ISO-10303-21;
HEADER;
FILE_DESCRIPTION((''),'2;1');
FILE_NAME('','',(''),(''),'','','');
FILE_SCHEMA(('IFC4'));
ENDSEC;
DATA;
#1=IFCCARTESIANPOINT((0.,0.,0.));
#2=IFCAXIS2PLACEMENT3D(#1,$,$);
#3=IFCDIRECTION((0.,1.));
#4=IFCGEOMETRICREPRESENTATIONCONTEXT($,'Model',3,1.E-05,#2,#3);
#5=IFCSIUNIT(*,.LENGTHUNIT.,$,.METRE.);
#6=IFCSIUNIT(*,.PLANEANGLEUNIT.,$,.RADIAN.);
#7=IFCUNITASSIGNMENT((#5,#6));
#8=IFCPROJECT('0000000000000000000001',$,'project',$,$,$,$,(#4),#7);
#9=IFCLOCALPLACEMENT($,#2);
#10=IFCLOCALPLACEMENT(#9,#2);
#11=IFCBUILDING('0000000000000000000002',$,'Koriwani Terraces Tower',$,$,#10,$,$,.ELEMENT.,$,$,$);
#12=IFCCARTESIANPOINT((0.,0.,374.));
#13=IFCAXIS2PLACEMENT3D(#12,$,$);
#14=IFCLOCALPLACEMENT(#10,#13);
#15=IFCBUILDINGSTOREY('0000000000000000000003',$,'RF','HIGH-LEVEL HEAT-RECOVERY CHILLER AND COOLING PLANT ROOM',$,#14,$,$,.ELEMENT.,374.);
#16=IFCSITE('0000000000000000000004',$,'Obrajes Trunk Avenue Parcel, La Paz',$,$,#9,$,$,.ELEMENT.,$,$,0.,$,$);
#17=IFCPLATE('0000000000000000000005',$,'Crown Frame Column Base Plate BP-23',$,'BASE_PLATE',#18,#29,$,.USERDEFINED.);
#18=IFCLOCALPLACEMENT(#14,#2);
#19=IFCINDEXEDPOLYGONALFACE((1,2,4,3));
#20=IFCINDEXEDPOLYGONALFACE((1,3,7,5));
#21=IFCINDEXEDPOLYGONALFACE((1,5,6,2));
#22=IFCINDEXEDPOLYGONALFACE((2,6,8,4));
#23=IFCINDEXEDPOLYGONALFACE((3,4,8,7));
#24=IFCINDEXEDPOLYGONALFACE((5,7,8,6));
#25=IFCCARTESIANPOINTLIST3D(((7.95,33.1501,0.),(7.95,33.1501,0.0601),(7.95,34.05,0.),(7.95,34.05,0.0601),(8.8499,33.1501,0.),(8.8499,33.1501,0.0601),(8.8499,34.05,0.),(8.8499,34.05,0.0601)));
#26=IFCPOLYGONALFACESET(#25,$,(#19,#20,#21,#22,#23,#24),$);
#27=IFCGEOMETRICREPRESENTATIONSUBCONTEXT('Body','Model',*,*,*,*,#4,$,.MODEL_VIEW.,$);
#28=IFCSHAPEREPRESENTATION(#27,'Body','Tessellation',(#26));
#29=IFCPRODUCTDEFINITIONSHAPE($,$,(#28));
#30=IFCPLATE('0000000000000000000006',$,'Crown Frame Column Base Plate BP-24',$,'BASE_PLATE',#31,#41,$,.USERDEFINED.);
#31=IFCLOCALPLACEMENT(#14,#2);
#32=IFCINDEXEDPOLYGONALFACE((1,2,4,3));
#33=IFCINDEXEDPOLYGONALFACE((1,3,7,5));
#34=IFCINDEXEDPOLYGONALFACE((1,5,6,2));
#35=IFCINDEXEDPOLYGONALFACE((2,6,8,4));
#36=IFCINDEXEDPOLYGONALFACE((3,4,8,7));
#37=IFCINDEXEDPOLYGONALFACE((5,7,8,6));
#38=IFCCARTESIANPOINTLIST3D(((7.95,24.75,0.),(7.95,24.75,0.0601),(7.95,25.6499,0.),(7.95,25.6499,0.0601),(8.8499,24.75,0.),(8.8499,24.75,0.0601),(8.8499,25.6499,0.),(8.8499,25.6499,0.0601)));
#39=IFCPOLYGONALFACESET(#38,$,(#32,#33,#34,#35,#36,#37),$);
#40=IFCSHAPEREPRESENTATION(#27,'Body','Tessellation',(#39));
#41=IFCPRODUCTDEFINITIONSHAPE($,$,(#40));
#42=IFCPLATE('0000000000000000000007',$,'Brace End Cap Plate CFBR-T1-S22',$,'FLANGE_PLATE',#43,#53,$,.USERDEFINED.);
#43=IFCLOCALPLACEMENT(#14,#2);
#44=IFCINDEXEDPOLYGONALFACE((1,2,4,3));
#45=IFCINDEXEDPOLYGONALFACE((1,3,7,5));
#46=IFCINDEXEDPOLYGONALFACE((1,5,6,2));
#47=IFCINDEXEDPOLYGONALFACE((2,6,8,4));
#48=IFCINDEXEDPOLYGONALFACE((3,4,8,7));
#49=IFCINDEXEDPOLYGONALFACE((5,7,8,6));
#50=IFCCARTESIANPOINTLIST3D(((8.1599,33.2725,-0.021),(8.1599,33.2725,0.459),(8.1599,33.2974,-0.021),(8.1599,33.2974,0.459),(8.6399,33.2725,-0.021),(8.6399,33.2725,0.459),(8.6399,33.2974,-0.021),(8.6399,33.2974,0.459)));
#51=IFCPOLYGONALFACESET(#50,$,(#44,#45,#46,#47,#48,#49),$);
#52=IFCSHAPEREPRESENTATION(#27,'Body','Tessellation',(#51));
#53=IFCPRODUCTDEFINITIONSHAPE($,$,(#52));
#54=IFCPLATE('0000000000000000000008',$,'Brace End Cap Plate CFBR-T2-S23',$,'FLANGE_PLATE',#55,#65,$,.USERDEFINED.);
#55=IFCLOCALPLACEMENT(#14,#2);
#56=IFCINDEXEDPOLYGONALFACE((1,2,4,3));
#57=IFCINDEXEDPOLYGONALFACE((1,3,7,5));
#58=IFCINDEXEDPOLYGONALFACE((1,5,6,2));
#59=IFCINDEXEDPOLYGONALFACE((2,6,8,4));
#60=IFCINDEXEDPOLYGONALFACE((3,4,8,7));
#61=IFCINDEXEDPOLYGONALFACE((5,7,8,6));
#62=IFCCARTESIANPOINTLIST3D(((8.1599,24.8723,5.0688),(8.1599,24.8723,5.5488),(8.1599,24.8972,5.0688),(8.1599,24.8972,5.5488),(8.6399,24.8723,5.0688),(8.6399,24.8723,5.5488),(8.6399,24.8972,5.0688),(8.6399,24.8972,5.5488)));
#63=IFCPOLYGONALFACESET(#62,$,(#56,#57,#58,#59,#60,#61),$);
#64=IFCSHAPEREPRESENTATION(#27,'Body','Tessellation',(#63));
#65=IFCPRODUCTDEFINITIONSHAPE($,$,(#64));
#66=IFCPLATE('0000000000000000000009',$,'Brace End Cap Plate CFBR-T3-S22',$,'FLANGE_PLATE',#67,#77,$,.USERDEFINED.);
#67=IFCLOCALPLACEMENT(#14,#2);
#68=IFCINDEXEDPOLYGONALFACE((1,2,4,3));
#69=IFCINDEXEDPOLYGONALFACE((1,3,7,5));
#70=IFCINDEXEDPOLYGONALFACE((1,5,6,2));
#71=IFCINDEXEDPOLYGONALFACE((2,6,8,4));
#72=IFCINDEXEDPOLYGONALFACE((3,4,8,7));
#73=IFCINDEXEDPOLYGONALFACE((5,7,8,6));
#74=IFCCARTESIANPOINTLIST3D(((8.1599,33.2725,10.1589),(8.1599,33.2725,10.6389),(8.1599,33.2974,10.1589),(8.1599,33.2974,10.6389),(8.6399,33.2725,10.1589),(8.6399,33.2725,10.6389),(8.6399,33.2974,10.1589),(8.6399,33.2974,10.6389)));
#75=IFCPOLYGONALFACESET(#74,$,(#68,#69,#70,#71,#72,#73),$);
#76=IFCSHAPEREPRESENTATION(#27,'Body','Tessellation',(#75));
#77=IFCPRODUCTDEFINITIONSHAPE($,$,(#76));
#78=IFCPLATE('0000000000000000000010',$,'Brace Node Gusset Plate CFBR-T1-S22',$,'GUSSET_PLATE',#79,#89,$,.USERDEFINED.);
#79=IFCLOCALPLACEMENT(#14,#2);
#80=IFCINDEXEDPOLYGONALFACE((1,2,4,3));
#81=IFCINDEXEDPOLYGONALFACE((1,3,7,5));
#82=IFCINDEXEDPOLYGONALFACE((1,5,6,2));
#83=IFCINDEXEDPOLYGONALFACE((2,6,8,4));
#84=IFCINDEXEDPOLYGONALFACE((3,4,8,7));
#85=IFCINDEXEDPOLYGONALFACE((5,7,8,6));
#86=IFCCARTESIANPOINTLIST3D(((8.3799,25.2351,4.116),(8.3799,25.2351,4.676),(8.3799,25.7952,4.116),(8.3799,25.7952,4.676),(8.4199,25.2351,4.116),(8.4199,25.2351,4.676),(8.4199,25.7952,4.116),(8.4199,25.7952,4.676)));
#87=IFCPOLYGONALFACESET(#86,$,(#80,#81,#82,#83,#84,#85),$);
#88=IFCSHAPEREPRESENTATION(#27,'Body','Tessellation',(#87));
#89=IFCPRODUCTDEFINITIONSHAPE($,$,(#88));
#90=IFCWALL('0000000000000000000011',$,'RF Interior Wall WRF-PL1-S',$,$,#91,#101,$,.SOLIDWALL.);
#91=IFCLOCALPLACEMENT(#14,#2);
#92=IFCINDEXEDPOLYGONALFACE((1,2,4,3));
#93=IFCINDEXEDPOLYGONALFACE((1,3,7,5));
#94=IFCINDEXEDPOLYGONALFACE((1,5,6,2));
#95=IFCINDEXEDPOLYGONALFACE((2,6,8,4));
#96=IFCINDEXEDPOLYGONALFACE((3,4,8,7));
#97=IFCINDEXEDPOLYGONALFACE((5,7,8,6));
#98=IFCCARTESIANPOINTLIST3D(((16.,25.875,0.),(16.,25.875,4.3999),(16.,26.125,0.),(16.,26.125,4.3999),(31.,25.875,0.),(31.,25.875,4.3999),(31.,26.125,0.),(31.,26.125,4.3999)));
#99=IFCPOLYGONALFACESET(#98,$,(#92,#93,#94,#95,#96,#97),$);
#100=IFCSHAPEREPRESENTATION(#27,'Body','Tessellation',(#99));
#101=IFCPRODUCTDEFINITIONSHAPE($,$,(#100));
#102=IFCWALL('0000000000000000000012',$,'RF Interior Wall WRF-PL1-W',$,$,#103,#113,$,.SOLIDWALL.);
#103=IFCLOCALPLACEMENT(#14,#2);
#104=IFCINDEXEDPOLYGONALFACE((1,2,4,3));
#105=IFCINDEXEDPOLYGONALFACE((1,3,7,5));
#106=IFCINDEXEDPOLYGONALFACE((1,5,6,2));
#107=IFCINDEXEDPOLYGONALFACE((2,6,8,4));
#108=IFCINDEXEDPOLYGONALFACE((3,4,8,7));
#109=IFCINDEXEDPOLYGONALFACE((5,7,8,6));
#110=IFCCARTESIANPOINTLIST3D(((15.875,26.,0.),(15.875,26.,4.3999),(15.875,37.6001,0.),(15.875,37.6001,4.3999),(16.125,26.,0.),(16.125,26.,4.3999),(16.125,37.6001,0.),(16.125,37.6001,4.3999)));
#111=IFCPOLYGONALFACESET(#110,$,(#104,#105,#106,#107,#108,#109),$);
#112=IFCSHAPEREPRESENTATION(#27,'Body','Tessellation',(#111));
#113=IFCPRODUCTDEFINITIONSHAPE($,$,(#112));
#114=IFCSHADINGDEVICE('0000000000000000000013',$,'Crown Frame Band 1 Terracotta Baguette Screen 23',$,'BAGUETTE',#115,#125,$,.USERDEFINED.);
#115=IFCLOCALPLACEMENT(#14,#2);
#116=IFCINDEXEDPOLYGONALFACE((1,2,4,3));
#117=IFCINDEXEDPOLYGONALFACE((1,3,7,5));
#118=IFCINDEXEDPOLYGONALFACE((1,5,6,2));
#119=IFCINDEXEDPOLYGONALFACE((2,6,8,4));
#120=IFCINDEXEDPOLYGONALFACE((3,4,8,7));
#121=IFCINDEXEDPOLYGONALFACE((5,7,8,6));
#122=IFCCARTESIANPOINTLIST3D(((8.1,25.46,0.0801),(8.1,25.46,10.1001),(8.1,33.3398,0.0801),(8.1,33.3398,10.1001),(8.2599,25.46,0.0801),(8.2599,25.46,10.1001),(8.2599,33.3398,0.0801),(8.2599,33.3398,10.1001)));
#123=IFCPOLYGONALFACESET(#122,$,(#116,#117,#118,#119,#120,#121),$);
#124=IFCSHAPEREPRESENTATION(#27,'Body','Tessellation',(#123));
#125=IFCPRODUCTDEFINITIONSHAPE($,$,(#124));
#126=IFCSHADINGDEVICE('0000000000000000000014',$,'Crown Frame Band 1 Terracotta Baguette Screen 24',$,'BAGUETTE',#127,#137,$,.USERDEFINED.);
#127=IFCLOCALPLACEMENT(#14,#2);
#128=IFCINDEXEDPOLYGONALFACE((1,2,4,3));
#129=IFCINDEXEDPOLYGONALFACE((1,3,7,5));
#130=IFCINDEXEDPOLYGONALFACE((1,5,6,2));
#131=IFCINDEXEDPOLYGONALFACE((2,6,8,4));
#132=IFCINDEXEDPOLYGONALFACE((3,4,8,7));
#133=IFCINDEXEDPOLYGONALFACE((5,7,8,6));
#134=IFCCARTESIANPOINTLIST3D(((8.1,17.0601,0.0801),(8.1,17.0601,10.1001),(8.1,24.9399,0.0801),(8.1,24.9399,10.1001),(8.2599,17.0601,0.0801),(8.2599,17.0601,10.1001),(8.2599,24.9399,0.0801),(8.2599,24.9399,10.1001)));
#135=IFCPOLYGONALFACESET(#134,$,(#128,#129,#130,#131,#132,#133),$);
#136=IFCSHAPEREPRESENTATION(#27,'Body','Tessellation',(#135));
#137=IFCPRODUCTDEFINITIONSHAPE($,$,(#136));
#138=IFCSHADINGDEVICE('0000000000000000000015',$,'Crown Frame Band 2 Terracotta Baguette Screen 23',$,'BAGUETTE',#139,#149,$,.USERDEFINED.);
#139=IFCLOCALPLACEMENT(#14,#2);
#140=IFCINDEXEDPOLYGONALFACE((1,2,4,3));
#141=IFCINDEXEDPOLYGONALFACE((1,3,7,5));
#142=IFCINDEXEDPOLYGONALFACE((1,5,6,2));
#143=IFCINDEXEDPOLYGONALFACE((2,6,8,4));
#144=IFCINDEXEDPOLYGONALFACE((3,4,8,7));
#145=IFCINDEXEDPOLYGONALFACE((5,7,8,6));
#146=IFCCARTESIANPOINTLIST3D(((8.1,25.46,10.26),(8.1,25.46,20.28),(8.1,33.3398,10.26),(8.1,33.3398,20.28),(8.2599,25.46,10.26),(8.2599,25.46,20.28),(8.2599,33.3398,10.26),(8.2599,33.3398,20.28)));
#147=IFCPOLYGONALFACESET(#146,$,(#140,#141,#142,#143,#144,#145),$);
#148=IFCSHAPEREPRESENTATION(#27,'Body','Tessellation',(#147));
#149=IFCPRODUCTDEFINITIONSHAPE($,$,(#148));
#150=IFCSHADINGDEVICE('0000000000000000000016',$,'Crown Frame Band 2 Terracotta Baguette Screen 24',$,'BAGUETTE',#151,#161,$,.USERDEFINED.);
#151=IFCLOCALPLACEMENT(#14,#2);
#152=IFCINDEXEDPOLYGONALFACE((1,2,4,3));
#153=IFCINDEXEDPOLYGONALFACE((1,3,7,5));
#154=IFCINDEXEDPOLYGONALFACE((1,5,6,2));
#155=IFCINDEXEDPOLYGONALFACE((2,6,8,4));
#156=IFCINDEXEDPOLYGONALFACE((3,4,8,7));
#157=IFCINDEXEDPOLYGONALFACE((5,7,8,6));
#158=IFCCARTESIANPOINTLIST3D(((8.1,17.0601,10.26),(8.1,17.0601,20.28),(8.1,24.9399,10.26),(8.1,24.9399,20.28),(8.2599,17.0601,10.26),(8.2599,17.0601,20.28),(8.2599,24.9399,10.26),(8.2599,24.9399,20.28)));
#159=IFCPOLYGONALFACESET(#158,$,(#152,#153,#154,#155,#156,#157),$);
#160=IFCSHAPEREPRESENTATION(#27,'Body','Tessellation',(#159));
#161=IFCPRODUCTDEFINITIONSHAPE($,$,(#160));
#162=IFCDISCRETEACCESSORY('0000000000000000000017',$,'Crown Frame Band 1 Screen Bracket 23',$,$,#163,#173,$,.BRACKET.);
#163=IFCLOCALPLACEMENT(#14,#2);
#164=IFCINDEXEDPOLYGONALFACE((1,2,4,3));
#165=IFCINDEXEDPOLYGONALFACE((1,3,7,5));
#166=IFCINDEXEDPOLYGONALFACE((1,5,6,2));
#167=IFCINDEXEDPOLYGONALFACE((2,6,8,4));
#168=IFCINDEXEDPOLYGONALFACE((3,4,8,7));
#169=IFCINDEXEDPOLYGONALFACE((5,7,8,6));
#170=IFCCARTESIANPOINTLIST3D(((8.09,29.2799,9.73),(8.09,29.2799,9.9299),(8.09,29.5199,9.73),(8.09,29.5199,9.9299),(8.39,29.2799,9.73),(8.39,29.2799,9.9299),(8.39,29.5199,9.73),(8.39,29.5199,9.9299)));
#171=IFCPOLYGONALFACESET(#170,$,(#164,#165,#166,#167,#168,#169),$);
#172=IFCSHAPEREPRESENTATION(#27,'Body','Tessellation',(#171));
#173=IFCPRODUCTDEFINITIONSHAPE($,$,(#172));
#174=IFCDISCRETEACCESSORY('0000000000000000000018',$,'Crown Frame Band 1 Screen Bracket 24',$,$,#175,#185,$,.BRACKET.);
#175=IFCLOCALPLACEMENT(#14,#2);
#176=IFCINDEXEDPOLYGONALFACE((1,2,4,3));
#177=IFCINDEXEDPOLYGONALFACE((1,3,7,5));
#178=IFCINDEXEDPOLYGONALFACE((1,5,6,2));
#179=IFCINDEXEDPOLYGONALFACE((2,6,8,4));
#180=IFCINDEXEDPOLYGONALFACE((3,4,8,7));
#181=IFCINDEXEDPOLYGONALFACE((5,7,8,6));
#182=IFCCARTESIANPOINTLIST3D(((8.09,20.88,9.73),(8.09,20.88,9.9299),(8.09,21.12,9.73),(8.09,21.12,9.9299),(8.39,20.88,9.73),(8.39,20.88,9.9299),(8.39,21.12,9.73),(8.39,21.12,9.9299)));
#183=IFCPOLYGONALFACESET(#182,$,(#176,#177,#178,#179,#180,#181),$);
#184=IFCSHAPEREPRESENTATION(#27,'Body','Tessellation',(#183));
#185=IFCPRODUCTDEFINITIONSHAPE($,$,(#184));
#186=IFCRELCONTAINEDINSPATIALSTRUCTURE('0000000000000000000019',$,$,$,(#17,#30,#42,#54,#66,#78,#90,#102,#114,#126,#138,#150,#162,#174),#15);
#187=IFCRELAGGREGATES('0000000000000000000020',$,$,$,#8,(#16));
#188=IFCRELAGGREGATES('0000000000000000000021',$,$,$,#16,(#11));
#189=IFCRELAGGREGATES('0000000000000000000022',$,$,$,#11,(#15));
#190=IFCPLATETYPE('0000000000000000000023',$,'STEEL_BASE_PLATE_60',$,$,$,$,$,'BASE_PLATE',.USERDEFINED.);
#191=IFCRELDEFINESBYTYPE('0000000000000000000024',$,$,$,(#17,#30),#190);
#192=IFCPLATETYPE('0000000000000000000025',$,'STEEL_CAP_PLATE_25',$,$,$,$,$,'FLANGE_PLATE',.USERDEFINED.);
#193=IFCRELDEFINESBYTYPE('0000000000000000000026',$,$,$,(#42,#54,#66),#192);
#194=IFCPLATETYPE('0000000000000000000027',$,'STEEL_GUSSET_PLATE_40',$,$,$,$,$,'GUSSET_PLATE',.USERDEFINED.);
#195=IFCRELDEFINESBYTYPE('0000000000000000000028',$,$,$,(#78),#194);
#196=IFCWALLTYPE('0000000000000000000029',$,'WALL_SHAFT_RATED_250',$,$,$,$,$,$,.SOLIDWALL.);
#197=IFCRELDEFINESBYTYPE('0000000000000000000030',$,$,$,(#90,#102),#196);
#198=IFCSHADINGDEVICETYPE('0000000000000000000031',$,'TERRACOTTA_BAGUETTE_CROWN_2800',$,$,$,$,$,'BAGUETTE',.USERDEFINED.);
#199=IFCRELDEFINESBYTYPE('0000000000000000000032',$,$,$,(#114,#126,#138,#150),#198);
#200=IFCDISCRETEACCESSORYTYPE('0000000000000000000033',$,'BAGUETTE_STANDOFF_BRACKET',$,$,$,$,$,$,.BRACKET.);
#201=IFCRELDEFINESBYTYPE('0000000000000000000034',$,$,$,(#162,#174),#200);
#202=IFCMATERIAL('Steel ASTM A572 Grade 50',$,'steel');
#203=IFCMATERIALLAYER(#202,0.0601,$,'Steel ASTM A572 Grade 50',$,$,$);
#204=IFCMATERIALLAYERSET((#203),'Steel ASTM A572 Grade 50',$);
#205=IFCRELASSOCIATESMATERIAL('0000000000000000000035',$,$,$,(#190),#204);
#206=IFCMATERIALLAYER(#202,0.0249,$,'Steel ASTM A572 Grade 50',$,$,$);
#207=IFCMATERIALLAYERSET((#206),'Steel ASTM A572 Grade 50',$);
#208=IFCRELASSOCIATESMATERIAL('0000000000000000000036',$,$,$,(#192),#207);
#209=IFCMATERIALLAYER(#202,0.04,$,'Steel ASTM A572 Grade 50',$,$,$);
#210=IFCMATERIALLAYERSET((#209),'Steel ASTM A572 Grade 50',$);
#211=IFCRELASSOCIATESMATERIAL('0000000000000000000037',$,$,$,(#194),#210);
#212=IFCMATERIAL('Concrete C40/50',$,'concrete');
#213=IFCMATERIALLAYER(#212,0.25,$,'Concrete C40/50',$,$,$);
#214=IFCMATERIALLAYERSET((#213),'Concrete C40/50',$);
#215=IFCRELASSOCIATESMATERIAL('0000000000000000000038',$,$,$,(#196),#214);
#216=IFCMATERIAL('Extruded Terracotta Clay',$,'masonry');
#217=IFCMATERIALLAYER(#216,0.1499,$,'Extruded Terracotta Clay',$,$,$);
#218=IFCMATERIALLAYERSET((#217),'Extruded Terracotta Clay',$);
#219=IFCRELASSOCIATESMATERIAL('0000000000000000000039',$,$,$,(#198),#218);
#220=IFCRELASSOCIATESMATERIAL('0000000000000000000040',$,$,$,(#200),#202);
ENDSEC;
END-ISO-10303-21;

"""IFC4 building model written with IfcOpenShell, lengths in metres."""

from ifc_helpers import new_model, si_unit, direction, frame, frame_2d, origin, origin_2d, place, context, subcontext, project, spatial, rectangle, extrude, material, layer, layer_set, type_object, element, save


model = new_model("IFC4")

# Units and contexts
model_context = context("Model", 3, precision=1e-05, world=origin(), true_north=direction((0.0, 1.0)))
body_context = subcontext(model_context, "Body", "Model", "MODEL_VIEW")
ifc_project = project(units=[si_unit("LENGTHUNIT", "METRE"), si_unit("PLANEANGLEUNIT", "RADIAN")], contexts=[model_context])

# Site, building, storey
site_placement = place(None, origin())
site = spatial("IfcSite", under=ifc_project, at=site_placement, Name="Obrajes Trunk Avenue Parcel, La Paz", CompositionType="ELEMENT", RefElevation=0.0)
building_placement = place(site_placement, origin())
building = spatial("IfcBuilding", under=site, at=building_placement, Name="Koriwani Terraces Tower", CompositionType="ELEMENT")
storey_placement = place(building_placement, frame((0.0, 0.0, 374.0)))
storey = spatial("IfcBuildingStorey", under=building, at=storey_placement, Name="RF", Description="HIGH-LEVEL HEAT-RECOVERY CHILLER AND COOLING PLANT ROOM", CompositionType="ELEMENT", Elevation=374.0)

# Shared definitions
ifc_material_1 = material(Name="Steel ASTM A572 Grade 50", Category="steel")

# Shared definitions
ifc_material_2 = material(Name="Concrete C40/50", Category="concrete")

# Plates
ifc_layer_1 = layer(ifc_material_1, 0.0601, Name="Steel ASTM A572 Grade 50")
ifc_layer_set_1 = layer_set([ifc_layer_1], Name="Steel ASTM A572 Grade 50")
plate_type_1 = type_object("IfcPlateType", Name="STEEL_BASE_PLATE_60", ElementType="BASE_PLATE", PredefinedType="USERDEFINED", material=ifc_layer_set_1)
for number, where, z_axis, x_axis, name in (
    (1, (8.3999, 33.6001, 0.0), (0.0, 0.0, 1.0), (1.0, 0.0, 0.0), "Crown Frame Column Base Plate BP-23"),
    (2, (8.3999, 25.2, 0.0), (0.0, 0.0, 1.0), (1.0, 0.0, 0.0), "Crown Frame Column Base Plate BP-24"),
):
    element("IfcPlate", number, at=place(storey_placement, frame(where, z_axis=z_axis, x_axis=x_axis)), inside=storey, type_object=plate_type_1, Name=name, ObjectType="BASE_PLATE", PredefinedType="USERDEFINED", context=body_context, shape_type="SweptSolid", body=[
        extrude(rectangle(XDim=0.8999, YDim=0.8999, at=origin_2d()), origin(), (0.0, 0.0, 1.0), 0.0601),
    ])
ifc_layer_2 = layer(ifc_material_1, 0.0249, Name="Steel ASTM A572 Grade 50")
ifc_layer_set_2 = layer_set([ifc_layer_2], Name="Steel ASTM A572 Grade 50")
plate_type_2 = type_object("IfcPlateType", Name="STEEL_CAP_PLATE_25", ElementType="FLANGE_PLATE", PredefinedType="USERDEFINED", material=ifc_layer_set_2)
for number, where, z_axis, x_axis, name in (
    (3, (8.3999, 33.2849, -0.021), (0.0, 0.0, 1.0), (0.0, -1.0, 0.0), "Brace End Cap Plate CFBR-T1-S22"),
    (4, (8.3999, 24.8848, 5.0688), (0.0, 0.0, 1.0), (0.0, -1.0, 0.0), "Brace End Cap Plate CFBR-T2-S23"),
    (5, (8.3999, 33.2849, 10.1589), (0.0, 0.0, 1.0), (0.0, -1.0, 0.0), "Brace End Cap Plate CFBR-T3-S22"),
):
    element("IfcPlate", number, at=place(storey_placement, frame(where, z_axis=z_axis, x_axis=x_axis)), inside=storey, type_object=plate_type_2, Name=name, ObjectType="FLANGE_PLATE", PredefinedType="USERDEFINED", context=body_context, shape_type="SweptSolid", body=[
        extrude(rectangle(XDim=0.0249, YDim=0.48, at=origin_2d()), origin(), (0.0, 0.0, 1.0), 0.48),
    ])
ifc_layer_3 = layer(ifc_material_1, 0.04, Name="Steel ASTM A572 Grade 50")
ifc_layer_set_3 = layer_set([ifc_layer_3], Name="Steel ASTM A572 Grade 50")
plate_type_3 = type_object("IfcPlateType", Name="STEEL_GUSSET_PLATE_40", ElementType="GUSSET_PLATE", PredefinedType="USERDEFINED", material=ifc_layer_set_3)
plate_placement = place(storey_placement, frame((8.3999, 25.5151, 4.116), z_axis=(0.0, 0.0, 1.0), x_axis=(0.0, -1.0, 0.0)))
element("IfcPlate", 6, at=plate_placement, inside=storey, type_object=plate_type_3, Name="Brace Node Gusset Plate CFBR-T1-S22", ObjectType="GUSSET_PLATE", PredefinedType="USERDEFINED", context=body_context, shape_type="SweptSolid", body=[
    extrude(rectangle(XDim=0.5601, YDim=0.04, at=origin_2d()), origin(), (0.0, 0.0, 1.0), 0.5601),
])

# Walls
ifc_layer_4 = layer(ifc_material_2, 0.25, Name="Concrete C40/50")
ifc_layer_set_4 = layer_set([ifc_layer_4], Name="Concrete C40/50")
wall_type = type_object("IfcWallType", Name="WALL_SHAFT_RATED_250", PredefinedType="SOLIDWALL", material=ifc_layer_set_4)
wall_1_placement = place(storey_placement, frame((16.0, 26.0, 0.0), z_axis=(0.0, 0.0, 1.0), x_axis=(1.0, 0.0, 0.0)))
element("IfcWall", 7, at=wall_1_placement, inside=storey, type_object=wall_type, Name="RF Interior Wall WRF-PL1-S", PredefinedType="SOLIDWALL", context=body_context, shape_type="SweptSolid", body=[
    extrude(rectangle(XDim=15.0, YDim=0.25, at=frame_2d((7.5, 0.0))), origin(), (0.0, 0.0, 1.0), 4.3999),
])
wall_2_placement = place(storey_placement, frame((16.0, 26.0, 0.0), z_axis=(0.0, 0.0, 1.0), x_axis=(0.0, 1.0, 0.0)))
element("IfcWall", 8, at=wall_2_placement, inside=storey, type_object=wall_type, Name="RF Interior Wall WRF-PL1-W", PredefinedType="SOLIDWALL", context=body_context, shape_type="SweptSolid", body=[
    extrude(rectangle(XDim=11.6001, YDim=0.25, at=frame_2d((5.8, 0.0))), origin(), (0.0, 0.0, 1.0), 4.3999),
])

# Shading devices
ifc_material_3 = material(Name="Extruded Terracotta Clay", Category="masonry")
ifc_layer_5 = layer(ifc_material_3, 0.1499, Name="Extruded Terracotta Clay")
ifc_layer_set_5 = layer_set([ifc_layer_5], Name="Extruded Terracotta Clay")
shading_device_type = type_object("IfcShadingDeviceType", Name="TERRACOTTA_BAGUETTE_CROWN_2800", ElementType="BAGUETTE", PredefinedType="USERDEFINED", material=ifc_layer_set_5)
for number, where, z_axis, x_axis, name in (
    (9, (8.1799, 29.3999, 0.0801), (0.0, 0.0, 1.0), (0.0, -1.0, 0.0), "Crown Frame Band 1 Terracotta Baguette Screen 23"),
    (10, (8.1799, 21.0, 0.0801), (0.0, 0.0, 1.0), (0.0, -1.0, 0.0), "Crown Frame Band 1 Terracotta Baguette Screen 24"),
    (11, (8.1799, 29.3999, 10.26), (0.0, 0.0, 1.0), (0.0, -1.0, 0.0), "Crown Frame Band 2 Terracotta Baguette Screen 23"),
    (12, (8.1799, 21.0, 10.26), (0.0, 0.0, 1.0), (0.0, -1.0, 0.0), "Crown Frame Band 2 Terracotta Baguette Screen 24"),
):
    element("IfcShadingDevice", number, at=place(storey_placement, frame(where, z_axis=z_axis, x_axis=x_axis)), inside=storey, type_object=shading_device_type, Name=name, ObjectType="BAGUETTE", PredefinedType="USERDEFINED", context=body_context, shape_type="SweptSolid", body=[
        extrude(rectangle(XDim=7.8799, YDim=0.1599, at=origin_2d()), origin(), (0.0, 0.0, 1.0), 10.02),
    ])

# Discrete accessories
discrete_accessory_type = type_object("IfcDiscreteAccessoryType", Name="BAGUETTE_STANDOFF_BRACKET", PredefinedType="BRACKET", material=ifc_material_1)
for number, where, z_axis, x_axis, name in (
    (13, (8.24, 29.3999, 9.73), (0.0, 0.0, 1.0), (0.0, -1.0, 0.0), "Crown Frame Band 1 Screen Bracket 23"),
    (14, (8.24, 21.0, 9.73), (0.0, 0.0, 1.0), (0.0, -1.0, 0.0), "Crown Frame Band 1 Screen Bracket 24"),
):
    element("IfcDiscreteAccessory", number, at=place(storey_placement, frame(where, z_axis=z_axis, x_axis=x_axis)), inside=storey, type_object=discrete_accessory_type, Name=name, PredefinedType="BRACKET", context=body_context, shape_type="SweptSolid", body=[
        extrude(rectangle(XDim=0.24, YDim=0.3, at=origin_2d()), origin(), (0.0, 0.0, 1.0), 0.2),
    ])

save(model, "model.ifc")
